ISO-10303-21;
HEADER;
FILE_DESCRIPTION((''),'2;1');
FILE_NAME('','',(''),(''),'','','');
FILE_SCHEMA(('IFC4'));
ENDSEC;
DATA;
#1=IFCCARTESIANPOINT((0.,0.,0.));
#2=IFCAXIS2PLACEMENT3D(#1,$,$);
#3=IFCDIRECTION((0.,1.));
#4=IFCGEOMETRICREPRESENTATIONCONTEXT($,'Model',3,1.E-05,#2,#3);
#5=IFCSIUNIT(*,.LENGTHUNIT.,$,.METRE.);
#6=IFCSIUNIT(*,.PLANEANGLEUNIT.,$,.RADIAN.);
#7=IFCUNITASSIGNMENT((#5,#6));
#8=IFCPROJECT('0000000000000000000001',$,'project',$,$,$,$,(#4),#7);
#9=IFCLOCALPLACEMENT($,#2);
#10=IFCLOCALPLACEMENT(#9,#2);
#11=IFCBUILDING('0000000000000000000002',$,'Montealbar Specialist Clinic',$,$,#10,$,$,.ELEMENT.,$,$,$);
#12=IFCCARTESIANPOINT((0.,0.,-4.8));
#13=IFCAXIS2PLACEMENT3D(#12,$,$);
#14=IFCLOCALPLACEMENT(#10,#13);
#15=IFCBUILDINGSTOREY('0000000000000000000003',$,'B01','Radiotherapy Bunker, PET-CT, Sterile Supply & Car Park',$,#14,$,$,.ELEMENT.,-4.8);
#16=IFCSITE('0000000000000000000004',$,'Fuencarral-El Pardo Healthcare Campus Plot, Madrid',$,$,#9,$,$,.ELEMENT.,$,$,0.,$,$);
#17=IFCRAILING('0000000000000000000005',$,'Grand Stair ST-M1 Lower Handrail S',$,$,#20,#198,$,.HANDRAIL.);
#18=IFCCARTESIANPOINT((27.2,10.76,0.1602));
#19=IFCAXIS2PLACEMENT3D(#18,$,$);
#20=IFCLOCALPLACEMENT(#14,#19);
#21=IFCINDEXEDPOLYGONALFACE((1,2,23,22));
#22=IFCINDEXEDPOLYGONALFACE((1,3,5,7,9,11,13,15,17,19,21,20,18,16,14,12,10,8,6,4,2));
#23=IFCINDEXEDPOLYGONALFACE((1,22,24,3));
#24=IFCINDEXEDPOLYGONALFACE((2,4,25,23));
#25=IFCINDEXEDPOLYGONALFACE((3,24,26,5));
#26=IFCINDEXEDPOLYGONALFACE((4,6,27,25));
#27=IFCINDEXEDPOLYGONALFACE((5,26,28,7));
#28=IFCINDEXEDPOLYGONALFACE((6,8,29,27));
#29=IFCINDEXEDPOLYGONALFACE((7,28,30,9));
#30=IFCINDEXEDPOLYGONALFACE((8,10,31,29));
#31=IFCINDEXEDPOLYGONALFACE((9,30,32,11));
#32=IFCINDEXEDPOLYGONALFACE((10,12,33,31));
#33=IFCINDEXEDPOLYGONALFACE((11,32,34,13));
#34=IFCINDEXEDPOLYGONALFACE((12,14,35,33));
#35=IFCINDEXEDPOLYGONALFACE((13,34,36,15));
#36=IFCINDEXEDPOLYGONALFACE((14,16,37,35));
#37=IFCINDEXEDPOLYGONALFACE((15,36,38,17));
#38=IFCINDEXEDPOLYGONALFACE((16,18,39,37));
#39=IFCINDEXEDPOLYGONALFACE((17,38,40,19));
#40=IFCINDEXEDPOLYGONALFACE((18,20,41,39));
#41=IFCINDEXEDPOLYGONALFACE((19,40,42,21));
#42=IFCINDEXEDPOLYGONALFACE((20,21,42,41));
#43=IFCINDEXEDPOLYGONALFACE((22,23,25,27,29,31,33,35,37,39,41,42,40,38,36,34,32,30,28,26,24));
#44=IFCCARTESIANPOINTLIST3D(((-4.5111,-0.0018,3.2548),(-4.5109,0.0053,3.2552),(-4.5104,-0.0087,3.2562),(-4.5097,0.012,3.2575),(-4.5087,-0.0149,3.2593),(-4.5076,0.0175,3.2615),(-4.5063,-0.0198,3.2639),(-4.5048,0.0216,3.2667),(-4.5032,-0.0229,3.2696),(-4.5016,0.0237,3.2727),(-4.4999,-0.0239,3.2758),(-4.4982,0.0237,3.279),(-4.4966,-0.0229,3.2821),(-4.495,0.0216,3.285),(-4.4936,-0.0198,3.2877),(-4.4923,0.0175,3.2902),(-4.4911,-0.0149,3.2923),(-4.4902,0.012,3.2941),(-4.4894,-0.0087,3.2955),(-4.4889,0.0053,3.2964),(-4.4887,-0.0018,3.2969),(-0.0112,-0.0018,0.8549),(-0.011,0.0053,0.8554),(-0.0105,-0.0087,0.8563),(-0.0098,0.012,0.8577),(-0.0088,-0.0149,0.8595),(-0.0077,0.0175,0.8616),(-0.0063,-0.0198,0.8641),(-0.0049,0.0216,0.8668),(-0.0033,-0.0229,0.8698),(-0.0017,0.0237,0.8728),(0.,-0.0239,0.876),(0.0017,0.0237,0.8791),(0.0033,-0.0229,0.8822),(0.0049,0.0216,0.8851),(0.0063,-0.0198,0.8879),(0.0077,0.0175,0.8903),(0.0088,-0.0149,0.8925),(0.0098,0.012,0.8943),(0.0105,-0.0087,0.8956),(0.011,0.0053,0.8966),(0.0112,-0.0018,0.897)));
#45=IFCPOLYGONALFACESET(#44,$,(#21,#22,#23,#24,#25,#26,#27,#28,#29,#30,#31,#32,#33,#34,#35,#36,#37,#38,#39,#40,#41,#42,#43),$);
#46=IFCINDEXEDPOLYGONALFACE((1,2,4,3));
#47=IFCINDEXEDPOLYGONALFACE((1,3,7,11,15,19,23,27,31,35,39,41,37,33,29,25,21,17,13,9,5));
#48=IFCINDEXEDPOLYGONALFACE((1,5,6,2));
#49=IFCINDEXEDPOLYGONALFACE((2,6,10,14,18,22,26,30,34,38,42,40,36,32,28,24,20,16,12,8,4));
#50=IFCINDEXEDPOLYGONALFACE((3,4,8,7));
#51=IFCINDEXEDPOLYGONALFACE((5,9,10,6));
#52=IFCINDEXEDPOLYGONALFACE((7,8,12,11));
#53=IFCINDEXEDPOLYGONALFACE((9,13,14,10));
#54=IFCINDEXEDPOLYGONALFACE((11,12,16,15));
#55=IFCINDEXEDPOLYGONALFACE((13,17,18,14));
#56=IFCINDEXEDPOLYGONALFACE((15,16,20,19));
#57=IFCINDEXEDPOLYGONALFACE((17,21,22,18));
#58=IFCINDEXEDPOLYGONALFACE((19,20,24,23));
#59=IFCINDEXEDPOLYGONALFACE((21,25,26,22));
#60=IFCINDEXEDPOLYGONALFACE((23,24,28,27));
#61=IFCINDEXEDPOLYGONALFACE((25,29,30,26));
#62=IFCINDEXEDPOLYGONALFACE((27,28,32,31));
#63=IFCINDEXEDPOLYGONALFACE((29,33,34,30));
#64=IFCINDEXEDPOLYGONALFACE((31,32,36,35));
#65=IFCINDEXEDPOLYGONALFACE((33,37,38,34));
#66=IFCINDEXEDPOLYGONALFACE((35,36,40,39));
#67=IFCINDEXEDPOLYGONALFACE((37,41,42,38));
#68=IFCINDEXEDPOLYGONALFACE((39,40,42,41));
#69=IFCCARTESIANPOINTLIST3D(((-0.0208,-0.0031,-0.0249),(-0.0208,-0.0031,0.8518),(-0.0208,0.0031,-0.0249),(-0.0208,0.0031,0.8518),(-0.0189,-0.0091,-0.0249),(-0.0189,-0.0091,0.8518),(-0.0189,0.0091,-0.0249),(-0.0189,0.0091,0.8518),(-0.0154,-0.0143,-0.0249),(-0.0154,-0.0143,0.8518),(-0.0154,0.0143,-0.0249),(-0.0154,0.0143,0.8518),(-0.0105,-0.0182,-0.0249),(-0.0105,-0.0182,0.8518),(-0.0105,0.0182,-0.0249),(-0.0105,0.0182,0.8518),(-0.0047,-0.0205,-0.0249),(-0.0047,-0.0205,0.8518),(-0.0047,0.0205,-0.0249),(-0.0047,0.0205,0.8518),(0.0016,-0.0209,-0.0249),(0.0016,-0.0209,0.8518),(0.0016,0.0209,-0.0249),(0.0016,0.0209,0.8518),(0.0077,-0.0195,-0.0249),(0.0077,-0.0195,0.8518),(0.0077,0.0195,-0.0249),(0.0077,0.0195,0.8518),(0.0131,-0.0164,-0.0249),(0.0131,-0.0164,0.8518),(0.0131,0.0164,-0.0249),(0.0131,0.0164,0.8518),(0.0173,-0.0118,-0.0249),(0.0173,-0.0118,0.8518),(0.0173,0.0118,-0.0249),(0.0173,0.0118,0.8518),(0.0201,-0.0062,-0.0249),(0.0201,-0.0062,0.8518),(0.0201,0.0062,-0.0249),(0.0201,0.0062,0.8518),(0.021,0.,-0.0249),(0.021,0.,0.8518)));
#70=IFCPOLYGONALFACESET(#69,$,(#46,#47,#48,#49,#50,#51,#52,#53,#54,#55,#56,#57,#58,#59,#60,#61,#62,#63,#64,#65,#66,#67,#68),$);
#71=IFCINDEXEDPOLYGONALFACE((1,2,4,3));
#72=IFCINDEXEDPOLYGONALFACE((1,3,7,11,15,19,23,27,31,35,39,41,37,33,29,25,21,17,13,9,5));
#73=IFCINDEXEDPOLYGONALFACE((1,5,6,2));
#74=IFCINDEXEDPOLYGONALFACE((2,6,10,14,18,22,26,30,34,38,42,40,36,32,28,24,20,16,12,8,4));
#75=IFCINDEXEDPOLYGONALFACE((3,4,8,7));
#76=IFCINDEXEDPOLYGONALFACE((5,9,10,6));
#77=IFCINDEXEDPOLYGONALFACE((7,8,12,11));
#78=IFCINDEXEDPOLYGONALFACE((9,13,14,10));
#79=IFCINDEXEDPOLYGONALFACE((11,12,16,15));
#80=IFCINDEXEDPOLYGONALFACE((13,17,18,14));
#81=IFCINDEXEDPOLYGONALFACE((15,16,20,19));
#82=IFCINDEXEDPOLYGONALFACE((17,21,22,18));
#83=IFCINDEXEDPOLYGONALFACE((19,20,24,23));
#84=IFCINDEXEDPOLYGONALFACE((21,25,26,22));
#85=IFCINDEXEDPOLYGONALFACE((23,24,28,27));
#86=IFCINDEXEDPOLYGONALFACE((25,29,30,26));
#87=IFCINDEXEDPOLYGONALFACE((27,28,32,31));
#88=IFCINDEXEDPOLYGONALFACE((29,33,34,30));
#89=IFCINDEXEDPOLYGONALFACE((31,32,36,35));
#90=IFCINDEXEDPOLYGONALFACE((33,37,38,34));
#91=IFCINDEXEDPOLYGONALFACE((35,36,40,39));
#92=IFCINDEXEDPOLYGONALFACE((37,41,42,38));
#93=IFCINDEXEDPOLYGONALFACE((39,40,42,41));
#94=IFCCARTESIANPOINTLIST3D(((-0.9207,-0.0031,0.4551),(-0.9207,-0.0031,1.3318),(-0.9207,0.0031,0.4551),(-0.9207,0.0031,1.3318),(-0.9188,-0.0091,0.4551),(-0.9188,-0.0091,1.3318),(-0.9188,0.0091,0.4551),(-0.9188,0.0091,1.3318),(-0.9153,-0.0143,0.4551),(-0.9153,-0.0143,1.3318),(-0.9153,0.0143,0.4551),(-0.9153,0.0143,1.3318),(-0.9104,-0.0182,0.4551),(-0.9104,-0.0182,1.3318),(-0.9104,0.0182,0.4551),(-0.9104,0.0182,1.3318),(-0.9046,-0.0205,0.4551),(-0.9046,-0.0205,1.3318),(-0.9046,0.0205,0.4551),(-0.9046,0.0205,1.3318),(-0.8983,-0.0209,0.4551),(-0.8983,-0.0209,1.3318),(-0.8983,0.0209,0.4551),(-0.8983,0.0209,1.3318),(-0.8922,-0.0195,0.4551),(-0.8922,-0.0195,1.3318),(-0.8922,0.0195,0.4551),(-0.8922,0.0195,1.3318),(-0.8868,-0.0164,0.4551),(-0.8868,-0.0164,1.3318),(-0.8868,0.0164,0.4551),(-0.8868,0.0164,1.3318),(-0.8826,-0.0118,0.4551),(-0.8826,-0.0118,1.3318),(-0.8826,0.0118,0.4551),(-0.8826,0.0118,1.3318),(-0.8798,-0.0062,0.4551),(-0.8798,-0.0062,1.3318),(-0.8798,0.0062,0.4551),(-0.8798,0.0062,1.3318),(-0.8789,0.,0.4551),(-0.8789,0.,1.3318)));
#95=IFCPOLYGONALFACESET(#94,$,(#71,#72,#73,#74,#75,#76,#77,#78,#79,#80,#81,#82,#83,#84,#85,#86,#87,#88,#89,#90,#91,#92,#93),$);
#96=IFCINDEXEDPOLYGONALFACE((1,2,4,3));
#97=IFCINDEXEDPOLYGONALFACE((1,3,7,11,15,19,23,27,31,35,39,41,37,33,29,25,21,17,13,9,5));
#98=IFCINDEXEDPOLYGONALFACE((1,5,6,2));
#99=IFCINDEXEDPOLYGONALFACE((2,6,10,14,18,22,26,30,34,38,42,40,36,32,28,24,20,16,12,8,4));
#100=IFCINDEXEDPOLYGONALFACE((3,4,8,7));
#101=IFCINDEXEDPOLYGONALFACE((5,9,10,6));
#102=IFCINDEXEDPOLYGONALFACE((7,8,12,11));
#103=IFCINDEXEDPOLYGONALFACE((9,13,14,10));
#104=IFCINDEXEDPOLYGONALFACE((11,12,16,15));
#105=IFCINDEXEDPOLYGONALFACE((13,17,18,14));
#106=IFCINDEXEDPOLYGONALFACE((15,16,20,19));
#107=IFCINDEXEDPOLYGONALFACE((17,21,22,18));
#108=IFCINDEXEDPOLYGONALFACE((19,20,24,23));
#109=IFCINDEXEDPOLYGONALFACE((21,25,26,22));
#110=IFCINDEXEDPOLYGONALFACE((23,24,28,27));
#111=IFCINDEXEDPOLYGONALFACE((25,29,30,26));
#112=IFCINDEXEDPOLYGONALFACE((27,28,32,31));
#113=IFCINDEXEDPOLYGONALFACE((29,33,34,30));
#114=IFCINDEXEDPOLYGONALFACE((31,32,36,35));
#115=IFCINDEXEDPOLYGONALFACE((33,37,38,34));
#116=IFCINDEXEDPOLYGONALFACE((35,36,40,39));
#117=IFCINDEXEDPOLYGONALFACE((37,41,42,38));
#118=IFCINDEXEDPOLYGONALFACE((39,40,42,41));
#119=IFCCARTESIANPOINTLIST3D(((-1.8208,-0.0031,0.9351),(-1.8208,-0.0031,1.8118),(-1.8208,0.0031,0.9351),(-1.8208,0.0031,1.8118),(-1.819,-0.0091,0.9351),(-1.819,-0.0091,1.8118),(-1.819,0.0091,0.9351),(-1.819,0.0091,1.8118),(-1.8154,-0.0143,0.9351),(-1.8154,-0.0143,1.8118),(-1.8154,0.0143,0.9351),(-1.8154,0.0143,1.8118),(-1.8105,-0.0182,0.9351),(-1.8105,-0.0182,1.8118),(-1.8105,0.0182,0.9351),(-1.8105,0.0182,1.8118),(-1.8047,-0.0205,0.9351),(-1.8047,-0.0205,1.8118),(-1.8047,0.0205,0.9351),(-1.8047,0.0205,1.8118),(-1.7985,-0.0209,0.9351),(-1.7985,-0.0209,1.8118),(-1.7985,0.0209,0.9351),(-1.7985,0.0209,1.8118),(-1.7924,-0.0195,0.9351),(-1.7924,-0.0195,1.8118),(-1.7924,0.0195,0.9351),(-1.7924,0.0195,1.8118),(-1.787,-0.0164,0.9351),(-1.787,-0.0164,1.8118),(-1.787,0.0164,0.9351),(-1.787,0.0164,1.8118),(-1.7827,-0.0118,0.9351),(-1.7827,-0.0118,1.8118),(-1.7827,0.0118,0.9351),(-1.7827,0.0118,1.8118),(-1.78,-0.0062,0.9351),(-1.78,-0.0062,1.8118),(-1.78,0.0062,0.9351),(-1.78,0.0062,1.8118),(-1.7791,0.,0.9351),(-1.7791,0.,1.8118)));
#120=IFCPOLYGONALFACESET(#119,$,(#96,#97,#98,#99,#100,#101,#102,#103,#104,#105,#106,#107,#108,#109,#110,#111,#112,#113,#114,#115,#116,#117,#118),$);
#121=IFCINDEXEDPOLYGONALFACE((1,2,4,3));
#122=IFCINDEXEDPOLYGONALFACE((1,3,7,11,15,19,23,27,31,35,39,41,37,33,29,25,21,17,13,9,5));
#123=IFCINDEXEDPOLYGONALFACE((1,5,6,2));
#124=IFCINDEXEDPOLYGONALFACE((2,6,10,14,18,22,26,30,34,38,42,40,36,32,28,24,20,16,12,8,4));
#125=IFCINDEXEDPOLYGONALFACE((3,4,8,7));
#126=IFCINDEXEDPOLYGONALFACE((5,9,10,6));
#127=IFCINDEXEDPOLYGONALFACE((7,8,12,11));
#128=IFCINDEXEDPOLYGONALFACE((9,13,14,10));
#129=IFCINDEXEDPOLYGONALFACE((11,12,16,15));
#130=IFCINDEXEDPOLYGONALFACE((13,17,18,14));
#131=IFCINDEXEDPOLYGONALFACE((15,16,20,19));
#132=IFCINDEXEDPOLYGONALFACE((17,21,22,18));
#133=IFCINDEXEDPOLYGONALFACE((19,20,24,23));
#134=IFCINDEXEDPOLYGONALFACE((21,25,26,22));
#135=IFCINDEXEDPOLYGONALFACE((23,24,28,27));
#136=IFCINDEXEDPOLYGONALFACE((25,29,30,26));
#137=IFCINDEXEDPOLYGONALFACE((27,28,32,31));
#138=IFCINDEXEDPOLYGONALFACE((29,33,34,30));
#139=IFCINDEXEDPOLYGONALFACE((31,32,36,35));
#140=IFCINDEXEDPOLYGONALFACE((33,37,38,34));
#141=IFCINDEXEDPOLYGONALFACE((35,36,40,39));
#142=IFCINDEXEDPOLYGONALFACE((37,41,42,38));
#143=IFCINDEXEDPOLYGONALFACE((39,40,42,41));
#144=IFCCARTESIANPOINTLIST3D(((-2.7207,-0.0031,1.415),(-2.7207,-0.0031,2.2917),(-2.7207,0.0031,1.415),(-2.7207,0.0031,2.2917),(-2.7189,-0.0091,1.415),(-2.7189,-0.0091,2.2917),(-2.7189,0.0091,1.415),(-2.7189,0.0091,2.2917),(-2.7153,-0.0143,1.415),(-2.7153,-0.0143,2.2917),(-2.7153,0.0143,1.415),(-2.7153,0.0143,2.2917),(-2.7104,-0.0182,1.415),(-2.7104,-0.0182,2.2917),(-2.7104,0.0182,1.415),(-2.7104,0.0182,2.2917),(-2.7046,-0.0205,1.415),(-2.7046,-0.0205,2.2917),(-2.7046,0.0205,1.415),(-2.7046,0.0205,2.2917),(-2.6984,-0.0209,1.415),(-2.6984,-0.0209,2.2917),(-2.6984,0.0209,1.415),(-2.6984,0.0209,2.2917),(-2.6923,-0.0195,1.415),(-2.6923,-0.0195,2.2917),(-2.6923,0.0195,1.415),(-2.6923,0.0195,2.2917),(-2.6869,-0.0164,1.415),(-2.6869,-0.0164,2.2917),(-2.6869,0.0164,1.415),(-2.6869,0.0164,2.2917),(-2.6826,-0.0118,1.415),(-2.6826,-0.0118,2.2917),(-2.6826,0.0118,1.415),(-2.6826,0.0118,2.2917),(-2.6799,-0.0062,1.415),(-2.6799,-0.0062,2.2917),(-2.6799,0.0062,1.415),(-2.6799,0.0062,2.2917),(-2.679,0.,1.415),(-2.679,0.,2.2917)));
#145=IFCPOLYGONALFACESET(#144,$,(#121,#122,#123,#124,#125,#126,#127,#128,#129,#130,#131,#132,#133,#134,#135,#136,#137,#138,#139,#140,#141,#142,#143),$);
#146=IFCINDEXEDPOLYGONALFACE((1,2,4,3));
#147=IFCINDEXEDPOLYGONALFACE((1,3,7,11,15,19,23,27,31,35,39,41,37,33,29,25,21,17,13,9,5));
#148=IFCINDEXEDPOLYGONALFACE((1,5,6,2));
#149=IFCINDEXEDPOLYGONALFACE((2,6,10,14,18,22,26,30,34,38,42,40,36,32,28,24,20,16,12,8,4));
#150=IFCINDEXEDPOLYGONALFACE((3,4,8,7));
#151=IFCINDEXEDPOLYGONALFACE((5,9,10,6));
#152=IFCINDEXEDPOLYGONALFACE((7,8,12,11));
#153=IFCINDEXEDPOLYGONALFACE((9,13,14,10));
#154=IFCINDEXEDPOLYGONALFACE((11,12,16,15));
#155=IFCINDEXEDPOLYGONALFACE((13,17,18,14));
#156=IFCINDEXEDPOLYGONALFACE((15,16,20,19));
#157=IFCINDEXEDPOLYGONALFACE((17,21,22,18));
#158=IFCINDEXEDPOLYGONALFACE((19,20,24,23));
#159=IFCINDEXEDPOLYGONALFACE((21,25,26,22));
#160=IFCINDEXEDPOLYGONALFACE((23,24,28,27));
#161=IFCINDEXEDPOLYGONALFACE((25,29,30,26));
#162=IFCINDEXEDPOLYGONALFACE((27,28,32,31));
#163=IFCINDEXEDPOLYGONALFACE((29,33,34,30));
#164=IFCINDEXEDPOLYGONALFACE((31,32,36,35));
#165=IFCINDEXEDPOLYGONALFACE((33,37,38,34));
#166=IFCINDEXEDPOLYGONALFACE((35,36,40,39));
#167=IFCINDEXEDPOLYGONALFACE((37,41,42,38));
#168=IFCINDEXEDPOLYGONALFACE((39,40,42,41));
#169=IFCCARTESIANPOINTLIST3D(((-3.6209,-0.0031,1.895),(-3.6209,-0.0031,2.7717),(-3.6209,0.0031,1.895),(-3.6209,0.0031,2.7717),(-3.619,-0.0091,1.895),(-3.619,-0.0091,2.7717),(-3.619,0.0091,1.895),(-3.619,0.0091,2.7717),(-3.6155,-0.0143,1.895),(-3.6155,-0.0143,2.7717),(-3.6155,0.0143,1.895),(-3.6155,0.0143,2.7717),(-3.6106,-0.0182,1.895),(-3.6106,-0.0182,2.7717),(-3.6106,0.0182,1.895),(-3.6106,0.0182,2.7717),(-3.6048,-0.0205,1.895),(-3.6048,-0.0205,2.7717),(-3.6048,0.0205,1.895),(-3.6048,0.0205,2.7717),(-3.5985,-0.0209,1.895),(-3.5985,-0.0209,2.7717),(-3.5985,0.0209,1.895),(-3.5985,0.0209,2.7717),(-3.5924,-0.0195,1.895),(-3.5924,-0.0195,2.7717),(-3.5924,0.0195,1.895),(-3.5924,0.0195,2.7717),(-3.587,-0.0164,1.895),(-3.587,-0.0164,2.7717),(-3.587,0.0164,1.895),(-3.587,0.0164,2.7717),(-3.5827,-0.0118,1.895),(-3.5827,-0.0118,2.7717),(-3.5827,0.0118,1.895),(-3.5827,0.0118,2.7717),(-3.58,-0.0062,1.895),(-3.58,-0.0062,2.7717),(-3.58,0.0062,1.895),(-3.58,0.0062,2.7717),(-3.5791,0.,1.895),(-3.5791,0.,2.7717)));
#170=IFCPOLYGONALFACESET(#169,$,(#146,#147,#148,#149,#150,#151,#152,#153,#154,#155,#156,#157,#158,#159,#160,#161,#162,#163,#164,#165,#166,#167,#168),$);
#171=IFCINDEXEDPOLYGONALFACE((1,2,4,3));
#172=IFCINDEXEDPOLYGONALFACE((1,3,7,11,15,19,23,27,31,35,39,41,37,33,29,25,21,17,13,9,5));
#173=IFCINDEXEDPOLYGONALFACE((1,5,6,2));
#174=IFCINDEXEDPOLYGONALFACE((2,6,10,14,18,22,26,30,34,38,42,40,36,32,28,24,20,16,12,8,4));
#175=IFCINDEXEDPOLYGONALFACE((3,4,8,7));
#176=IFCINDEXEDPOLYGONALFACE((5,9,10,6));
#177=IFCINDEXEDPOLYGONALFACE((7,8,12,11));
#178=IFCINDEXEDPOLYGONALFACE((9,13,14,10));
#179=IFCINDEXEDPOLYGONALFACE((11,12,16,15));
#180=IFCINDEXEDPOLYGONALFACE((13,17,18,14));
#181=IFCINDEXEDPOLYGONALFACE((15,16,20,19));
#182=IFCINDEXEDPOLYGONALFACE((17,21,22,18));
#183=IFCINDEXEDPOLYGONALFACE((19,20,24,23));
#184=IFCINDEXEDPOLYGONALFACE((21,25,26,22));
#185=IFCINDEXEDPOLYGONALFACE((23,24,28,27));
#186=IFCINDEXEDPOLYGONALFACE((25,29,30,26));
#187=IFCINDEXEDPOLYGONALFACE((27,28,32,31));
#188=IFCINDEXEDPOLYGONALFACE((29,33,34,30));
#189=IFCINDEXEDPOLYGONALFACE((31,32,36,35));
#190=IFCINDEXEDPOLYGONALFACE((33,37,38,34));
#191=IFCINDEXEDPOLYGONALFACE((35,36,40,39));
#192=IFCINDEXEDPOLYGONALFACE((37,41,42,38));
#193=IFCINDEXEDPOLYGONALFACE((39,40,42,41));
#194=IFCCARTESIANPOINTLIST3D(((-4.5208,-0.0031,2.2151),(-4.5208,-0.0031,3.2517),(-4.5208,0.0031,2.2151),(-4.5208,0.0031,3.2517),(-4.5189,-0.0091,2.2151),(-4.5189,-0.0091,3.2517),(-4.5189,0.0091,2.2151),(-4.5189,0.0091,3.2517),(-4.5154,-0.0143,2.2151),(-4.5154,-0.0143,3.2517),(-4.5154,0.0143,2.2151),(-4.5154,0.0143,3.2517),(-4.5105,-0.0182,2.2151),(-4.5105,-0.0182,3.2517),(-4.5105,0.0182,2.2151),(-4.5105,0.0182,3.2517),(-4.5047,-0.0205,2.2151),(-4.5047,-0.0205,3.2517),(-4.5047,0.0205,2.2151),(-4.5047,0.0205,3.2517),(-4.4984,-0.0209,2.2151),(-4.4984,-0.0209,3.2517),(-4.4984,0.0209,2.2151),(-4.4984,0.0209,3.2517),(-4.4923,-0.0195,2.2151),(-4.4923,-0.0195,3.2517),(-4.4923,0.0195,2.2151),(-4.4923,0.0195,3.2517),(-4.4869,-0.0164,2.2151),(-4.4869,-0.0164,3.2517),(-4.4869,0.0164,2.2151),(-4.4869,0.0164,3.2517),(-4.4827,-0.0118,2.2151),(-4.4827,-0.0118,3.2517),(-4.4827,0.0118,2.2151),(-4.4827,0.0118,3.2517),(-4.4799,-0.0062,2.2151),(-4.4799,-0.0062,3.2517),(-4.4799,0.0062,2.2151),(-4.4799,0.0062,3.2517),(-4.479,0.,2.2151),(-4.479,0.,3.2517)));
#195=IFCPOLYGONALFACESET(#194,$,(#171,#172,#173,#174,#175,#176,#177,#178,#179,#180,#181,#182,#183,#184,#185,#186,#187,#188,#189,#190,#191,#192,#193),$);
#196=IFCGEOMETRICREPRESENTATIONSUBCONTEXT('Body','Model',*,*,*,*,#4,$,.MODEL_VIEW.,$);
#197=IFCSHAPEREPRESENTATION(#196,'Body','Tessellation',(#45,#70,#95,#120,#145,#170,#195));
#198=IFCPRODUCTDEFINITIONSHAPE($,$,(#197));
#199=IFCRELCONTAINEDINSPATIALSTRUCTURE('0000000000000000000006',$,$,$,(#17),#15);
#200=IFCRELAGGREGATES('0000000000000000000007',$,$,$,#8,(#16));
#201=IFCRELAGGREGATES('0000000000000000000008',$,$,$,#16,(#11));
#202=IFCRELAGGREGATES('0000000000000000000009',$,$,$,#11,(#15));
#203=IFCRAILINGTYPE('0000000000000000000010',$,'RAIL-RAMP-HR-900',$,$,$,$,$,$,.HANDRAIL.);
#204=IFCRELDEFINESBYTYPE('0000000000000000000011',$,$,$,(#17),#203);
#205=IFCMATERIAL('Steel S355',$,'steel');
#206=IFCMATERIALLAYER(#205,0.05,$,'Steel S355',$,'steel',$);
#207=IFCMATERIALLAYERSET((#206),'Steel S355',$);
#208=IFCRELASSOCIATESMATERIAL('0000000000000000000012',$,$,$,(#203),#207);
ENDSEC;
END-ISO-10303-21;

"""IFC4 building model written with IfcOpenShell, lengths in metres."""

from ifc_helpers import new_model, si_unit, direction, frame, origin, origin_2d, place, context, subcontext, project, spatial, circle, extrude, material, layer, layer_set, type_object, element, save


model = new_model("IFC4")

# Units and contexts
model_context = context("Model", 3, precision=1e-05, world=origin(), true_north=direction((0.0, 1.0)))
body_context = subcontext(model_context, "Body", "Model", "MODEL_VIEW")
ifc_project = project(units=[si_unit("LENGTHUNIT", "METRE"), si_unit("PLANEANGLEUNIT", "RADIAN")], contexts=[model_context])

# Site, building, storey
site_placement = place(None, origin())
site = spatial("IfcSite", under=ifc_project, at=site_placement, Name="Fuencarral-El Pardo Healthcare Campus Plot, Madrid", CompositionType="ELEMENT", RefElevation=0.0)
building_placement = place(site_placement, origin())
building = spatial("IfcBuilding", under=site, at=building_placement, Name="Montealbar Specialist Clinic", CompositionType="ELEMENT")
storey_placement = place(building_placement, frame((0.0, 0.0, -4.8)))
storey = spatial("IfcBuildingStorey", under=building, at=storey_placement, Name="B01", Description="Radiotherapy Bunker, PET-CT, Sterile Supply & Car Park", CompositionType="ELEMENT", Elevation=-4.8)

# Railing
ifc_material_1 = material(Name="Steel S355", Category="steel")
ifc_layer_1 = layer(ifc_material_1, 0.05, Name="Steel S355", Category="steel")
ifc_layer_set_1 = layer_set([ifc_layer_1], Name="Steel S355")
railing_type = type_object("IfcRailingType", Name="RAIL-RAMP-HR-900", PredefinedType="HANDRAIL", material=ifc_layer_set_1)
for number, where, name in (
    (1, (27.2, 10.76, 0.1602), "Grand Stair ST-M1 Lower Handrail S"),
):
    element("IfcRailing", number, at=place(storey_placement, frame(where)), inside=storey, type_object=railing_type, Name=name, PredefinedType="HANDRAIL", context=body_context, shape_type="SweptSolid", body=[
        extrude(circle(Radius=0.0239, at=origin_2d()), frame((0.0, 0.0, 0.876), z_axis=(-0.882361, 0.0, 0.470573), x_axis=(0.0, -1.0, 0.0)), (0.0, 0.0, 1.0), 5.0999),
        extrude(circle(Radius=0.021, at=origin_2d()), frame((0.0, 0.0, -0.0249)), (0.0, 0.0, 1.0), 0.8767),
        extrude(circle(Radius=0.021, at=origin_2d()), frame((-0.8999, 0.0, 0.4551)), (0.0, 0.0, 1.0), 0.8767),
        extrude(circle(Radius=0.021, at=origin_2d()), frame((-1.8, 0.0, 0.9351)), (0.0, 0.0, 1.0), 0.8767),
        extrude(circle(Radius=0.021, at=origin_2d()), frame((-2.7, 0.0, 1.415)), (0.0, 0.0, 1.0), 0.8767),
        extrude(circle(Radius=0.021, at=origin_2d()), frame((-3.6001, 0.0, 1.895)), (0.0, 0.0, 1.0), 0.8767),
        extrude(circle(Radius=0.021, at=origin_2d()), frame((-4.5, 0.0, 2.2151)), (0.0, 0.0, 1.0), 1.0366),
    ])

save(model, "model.ifc")
